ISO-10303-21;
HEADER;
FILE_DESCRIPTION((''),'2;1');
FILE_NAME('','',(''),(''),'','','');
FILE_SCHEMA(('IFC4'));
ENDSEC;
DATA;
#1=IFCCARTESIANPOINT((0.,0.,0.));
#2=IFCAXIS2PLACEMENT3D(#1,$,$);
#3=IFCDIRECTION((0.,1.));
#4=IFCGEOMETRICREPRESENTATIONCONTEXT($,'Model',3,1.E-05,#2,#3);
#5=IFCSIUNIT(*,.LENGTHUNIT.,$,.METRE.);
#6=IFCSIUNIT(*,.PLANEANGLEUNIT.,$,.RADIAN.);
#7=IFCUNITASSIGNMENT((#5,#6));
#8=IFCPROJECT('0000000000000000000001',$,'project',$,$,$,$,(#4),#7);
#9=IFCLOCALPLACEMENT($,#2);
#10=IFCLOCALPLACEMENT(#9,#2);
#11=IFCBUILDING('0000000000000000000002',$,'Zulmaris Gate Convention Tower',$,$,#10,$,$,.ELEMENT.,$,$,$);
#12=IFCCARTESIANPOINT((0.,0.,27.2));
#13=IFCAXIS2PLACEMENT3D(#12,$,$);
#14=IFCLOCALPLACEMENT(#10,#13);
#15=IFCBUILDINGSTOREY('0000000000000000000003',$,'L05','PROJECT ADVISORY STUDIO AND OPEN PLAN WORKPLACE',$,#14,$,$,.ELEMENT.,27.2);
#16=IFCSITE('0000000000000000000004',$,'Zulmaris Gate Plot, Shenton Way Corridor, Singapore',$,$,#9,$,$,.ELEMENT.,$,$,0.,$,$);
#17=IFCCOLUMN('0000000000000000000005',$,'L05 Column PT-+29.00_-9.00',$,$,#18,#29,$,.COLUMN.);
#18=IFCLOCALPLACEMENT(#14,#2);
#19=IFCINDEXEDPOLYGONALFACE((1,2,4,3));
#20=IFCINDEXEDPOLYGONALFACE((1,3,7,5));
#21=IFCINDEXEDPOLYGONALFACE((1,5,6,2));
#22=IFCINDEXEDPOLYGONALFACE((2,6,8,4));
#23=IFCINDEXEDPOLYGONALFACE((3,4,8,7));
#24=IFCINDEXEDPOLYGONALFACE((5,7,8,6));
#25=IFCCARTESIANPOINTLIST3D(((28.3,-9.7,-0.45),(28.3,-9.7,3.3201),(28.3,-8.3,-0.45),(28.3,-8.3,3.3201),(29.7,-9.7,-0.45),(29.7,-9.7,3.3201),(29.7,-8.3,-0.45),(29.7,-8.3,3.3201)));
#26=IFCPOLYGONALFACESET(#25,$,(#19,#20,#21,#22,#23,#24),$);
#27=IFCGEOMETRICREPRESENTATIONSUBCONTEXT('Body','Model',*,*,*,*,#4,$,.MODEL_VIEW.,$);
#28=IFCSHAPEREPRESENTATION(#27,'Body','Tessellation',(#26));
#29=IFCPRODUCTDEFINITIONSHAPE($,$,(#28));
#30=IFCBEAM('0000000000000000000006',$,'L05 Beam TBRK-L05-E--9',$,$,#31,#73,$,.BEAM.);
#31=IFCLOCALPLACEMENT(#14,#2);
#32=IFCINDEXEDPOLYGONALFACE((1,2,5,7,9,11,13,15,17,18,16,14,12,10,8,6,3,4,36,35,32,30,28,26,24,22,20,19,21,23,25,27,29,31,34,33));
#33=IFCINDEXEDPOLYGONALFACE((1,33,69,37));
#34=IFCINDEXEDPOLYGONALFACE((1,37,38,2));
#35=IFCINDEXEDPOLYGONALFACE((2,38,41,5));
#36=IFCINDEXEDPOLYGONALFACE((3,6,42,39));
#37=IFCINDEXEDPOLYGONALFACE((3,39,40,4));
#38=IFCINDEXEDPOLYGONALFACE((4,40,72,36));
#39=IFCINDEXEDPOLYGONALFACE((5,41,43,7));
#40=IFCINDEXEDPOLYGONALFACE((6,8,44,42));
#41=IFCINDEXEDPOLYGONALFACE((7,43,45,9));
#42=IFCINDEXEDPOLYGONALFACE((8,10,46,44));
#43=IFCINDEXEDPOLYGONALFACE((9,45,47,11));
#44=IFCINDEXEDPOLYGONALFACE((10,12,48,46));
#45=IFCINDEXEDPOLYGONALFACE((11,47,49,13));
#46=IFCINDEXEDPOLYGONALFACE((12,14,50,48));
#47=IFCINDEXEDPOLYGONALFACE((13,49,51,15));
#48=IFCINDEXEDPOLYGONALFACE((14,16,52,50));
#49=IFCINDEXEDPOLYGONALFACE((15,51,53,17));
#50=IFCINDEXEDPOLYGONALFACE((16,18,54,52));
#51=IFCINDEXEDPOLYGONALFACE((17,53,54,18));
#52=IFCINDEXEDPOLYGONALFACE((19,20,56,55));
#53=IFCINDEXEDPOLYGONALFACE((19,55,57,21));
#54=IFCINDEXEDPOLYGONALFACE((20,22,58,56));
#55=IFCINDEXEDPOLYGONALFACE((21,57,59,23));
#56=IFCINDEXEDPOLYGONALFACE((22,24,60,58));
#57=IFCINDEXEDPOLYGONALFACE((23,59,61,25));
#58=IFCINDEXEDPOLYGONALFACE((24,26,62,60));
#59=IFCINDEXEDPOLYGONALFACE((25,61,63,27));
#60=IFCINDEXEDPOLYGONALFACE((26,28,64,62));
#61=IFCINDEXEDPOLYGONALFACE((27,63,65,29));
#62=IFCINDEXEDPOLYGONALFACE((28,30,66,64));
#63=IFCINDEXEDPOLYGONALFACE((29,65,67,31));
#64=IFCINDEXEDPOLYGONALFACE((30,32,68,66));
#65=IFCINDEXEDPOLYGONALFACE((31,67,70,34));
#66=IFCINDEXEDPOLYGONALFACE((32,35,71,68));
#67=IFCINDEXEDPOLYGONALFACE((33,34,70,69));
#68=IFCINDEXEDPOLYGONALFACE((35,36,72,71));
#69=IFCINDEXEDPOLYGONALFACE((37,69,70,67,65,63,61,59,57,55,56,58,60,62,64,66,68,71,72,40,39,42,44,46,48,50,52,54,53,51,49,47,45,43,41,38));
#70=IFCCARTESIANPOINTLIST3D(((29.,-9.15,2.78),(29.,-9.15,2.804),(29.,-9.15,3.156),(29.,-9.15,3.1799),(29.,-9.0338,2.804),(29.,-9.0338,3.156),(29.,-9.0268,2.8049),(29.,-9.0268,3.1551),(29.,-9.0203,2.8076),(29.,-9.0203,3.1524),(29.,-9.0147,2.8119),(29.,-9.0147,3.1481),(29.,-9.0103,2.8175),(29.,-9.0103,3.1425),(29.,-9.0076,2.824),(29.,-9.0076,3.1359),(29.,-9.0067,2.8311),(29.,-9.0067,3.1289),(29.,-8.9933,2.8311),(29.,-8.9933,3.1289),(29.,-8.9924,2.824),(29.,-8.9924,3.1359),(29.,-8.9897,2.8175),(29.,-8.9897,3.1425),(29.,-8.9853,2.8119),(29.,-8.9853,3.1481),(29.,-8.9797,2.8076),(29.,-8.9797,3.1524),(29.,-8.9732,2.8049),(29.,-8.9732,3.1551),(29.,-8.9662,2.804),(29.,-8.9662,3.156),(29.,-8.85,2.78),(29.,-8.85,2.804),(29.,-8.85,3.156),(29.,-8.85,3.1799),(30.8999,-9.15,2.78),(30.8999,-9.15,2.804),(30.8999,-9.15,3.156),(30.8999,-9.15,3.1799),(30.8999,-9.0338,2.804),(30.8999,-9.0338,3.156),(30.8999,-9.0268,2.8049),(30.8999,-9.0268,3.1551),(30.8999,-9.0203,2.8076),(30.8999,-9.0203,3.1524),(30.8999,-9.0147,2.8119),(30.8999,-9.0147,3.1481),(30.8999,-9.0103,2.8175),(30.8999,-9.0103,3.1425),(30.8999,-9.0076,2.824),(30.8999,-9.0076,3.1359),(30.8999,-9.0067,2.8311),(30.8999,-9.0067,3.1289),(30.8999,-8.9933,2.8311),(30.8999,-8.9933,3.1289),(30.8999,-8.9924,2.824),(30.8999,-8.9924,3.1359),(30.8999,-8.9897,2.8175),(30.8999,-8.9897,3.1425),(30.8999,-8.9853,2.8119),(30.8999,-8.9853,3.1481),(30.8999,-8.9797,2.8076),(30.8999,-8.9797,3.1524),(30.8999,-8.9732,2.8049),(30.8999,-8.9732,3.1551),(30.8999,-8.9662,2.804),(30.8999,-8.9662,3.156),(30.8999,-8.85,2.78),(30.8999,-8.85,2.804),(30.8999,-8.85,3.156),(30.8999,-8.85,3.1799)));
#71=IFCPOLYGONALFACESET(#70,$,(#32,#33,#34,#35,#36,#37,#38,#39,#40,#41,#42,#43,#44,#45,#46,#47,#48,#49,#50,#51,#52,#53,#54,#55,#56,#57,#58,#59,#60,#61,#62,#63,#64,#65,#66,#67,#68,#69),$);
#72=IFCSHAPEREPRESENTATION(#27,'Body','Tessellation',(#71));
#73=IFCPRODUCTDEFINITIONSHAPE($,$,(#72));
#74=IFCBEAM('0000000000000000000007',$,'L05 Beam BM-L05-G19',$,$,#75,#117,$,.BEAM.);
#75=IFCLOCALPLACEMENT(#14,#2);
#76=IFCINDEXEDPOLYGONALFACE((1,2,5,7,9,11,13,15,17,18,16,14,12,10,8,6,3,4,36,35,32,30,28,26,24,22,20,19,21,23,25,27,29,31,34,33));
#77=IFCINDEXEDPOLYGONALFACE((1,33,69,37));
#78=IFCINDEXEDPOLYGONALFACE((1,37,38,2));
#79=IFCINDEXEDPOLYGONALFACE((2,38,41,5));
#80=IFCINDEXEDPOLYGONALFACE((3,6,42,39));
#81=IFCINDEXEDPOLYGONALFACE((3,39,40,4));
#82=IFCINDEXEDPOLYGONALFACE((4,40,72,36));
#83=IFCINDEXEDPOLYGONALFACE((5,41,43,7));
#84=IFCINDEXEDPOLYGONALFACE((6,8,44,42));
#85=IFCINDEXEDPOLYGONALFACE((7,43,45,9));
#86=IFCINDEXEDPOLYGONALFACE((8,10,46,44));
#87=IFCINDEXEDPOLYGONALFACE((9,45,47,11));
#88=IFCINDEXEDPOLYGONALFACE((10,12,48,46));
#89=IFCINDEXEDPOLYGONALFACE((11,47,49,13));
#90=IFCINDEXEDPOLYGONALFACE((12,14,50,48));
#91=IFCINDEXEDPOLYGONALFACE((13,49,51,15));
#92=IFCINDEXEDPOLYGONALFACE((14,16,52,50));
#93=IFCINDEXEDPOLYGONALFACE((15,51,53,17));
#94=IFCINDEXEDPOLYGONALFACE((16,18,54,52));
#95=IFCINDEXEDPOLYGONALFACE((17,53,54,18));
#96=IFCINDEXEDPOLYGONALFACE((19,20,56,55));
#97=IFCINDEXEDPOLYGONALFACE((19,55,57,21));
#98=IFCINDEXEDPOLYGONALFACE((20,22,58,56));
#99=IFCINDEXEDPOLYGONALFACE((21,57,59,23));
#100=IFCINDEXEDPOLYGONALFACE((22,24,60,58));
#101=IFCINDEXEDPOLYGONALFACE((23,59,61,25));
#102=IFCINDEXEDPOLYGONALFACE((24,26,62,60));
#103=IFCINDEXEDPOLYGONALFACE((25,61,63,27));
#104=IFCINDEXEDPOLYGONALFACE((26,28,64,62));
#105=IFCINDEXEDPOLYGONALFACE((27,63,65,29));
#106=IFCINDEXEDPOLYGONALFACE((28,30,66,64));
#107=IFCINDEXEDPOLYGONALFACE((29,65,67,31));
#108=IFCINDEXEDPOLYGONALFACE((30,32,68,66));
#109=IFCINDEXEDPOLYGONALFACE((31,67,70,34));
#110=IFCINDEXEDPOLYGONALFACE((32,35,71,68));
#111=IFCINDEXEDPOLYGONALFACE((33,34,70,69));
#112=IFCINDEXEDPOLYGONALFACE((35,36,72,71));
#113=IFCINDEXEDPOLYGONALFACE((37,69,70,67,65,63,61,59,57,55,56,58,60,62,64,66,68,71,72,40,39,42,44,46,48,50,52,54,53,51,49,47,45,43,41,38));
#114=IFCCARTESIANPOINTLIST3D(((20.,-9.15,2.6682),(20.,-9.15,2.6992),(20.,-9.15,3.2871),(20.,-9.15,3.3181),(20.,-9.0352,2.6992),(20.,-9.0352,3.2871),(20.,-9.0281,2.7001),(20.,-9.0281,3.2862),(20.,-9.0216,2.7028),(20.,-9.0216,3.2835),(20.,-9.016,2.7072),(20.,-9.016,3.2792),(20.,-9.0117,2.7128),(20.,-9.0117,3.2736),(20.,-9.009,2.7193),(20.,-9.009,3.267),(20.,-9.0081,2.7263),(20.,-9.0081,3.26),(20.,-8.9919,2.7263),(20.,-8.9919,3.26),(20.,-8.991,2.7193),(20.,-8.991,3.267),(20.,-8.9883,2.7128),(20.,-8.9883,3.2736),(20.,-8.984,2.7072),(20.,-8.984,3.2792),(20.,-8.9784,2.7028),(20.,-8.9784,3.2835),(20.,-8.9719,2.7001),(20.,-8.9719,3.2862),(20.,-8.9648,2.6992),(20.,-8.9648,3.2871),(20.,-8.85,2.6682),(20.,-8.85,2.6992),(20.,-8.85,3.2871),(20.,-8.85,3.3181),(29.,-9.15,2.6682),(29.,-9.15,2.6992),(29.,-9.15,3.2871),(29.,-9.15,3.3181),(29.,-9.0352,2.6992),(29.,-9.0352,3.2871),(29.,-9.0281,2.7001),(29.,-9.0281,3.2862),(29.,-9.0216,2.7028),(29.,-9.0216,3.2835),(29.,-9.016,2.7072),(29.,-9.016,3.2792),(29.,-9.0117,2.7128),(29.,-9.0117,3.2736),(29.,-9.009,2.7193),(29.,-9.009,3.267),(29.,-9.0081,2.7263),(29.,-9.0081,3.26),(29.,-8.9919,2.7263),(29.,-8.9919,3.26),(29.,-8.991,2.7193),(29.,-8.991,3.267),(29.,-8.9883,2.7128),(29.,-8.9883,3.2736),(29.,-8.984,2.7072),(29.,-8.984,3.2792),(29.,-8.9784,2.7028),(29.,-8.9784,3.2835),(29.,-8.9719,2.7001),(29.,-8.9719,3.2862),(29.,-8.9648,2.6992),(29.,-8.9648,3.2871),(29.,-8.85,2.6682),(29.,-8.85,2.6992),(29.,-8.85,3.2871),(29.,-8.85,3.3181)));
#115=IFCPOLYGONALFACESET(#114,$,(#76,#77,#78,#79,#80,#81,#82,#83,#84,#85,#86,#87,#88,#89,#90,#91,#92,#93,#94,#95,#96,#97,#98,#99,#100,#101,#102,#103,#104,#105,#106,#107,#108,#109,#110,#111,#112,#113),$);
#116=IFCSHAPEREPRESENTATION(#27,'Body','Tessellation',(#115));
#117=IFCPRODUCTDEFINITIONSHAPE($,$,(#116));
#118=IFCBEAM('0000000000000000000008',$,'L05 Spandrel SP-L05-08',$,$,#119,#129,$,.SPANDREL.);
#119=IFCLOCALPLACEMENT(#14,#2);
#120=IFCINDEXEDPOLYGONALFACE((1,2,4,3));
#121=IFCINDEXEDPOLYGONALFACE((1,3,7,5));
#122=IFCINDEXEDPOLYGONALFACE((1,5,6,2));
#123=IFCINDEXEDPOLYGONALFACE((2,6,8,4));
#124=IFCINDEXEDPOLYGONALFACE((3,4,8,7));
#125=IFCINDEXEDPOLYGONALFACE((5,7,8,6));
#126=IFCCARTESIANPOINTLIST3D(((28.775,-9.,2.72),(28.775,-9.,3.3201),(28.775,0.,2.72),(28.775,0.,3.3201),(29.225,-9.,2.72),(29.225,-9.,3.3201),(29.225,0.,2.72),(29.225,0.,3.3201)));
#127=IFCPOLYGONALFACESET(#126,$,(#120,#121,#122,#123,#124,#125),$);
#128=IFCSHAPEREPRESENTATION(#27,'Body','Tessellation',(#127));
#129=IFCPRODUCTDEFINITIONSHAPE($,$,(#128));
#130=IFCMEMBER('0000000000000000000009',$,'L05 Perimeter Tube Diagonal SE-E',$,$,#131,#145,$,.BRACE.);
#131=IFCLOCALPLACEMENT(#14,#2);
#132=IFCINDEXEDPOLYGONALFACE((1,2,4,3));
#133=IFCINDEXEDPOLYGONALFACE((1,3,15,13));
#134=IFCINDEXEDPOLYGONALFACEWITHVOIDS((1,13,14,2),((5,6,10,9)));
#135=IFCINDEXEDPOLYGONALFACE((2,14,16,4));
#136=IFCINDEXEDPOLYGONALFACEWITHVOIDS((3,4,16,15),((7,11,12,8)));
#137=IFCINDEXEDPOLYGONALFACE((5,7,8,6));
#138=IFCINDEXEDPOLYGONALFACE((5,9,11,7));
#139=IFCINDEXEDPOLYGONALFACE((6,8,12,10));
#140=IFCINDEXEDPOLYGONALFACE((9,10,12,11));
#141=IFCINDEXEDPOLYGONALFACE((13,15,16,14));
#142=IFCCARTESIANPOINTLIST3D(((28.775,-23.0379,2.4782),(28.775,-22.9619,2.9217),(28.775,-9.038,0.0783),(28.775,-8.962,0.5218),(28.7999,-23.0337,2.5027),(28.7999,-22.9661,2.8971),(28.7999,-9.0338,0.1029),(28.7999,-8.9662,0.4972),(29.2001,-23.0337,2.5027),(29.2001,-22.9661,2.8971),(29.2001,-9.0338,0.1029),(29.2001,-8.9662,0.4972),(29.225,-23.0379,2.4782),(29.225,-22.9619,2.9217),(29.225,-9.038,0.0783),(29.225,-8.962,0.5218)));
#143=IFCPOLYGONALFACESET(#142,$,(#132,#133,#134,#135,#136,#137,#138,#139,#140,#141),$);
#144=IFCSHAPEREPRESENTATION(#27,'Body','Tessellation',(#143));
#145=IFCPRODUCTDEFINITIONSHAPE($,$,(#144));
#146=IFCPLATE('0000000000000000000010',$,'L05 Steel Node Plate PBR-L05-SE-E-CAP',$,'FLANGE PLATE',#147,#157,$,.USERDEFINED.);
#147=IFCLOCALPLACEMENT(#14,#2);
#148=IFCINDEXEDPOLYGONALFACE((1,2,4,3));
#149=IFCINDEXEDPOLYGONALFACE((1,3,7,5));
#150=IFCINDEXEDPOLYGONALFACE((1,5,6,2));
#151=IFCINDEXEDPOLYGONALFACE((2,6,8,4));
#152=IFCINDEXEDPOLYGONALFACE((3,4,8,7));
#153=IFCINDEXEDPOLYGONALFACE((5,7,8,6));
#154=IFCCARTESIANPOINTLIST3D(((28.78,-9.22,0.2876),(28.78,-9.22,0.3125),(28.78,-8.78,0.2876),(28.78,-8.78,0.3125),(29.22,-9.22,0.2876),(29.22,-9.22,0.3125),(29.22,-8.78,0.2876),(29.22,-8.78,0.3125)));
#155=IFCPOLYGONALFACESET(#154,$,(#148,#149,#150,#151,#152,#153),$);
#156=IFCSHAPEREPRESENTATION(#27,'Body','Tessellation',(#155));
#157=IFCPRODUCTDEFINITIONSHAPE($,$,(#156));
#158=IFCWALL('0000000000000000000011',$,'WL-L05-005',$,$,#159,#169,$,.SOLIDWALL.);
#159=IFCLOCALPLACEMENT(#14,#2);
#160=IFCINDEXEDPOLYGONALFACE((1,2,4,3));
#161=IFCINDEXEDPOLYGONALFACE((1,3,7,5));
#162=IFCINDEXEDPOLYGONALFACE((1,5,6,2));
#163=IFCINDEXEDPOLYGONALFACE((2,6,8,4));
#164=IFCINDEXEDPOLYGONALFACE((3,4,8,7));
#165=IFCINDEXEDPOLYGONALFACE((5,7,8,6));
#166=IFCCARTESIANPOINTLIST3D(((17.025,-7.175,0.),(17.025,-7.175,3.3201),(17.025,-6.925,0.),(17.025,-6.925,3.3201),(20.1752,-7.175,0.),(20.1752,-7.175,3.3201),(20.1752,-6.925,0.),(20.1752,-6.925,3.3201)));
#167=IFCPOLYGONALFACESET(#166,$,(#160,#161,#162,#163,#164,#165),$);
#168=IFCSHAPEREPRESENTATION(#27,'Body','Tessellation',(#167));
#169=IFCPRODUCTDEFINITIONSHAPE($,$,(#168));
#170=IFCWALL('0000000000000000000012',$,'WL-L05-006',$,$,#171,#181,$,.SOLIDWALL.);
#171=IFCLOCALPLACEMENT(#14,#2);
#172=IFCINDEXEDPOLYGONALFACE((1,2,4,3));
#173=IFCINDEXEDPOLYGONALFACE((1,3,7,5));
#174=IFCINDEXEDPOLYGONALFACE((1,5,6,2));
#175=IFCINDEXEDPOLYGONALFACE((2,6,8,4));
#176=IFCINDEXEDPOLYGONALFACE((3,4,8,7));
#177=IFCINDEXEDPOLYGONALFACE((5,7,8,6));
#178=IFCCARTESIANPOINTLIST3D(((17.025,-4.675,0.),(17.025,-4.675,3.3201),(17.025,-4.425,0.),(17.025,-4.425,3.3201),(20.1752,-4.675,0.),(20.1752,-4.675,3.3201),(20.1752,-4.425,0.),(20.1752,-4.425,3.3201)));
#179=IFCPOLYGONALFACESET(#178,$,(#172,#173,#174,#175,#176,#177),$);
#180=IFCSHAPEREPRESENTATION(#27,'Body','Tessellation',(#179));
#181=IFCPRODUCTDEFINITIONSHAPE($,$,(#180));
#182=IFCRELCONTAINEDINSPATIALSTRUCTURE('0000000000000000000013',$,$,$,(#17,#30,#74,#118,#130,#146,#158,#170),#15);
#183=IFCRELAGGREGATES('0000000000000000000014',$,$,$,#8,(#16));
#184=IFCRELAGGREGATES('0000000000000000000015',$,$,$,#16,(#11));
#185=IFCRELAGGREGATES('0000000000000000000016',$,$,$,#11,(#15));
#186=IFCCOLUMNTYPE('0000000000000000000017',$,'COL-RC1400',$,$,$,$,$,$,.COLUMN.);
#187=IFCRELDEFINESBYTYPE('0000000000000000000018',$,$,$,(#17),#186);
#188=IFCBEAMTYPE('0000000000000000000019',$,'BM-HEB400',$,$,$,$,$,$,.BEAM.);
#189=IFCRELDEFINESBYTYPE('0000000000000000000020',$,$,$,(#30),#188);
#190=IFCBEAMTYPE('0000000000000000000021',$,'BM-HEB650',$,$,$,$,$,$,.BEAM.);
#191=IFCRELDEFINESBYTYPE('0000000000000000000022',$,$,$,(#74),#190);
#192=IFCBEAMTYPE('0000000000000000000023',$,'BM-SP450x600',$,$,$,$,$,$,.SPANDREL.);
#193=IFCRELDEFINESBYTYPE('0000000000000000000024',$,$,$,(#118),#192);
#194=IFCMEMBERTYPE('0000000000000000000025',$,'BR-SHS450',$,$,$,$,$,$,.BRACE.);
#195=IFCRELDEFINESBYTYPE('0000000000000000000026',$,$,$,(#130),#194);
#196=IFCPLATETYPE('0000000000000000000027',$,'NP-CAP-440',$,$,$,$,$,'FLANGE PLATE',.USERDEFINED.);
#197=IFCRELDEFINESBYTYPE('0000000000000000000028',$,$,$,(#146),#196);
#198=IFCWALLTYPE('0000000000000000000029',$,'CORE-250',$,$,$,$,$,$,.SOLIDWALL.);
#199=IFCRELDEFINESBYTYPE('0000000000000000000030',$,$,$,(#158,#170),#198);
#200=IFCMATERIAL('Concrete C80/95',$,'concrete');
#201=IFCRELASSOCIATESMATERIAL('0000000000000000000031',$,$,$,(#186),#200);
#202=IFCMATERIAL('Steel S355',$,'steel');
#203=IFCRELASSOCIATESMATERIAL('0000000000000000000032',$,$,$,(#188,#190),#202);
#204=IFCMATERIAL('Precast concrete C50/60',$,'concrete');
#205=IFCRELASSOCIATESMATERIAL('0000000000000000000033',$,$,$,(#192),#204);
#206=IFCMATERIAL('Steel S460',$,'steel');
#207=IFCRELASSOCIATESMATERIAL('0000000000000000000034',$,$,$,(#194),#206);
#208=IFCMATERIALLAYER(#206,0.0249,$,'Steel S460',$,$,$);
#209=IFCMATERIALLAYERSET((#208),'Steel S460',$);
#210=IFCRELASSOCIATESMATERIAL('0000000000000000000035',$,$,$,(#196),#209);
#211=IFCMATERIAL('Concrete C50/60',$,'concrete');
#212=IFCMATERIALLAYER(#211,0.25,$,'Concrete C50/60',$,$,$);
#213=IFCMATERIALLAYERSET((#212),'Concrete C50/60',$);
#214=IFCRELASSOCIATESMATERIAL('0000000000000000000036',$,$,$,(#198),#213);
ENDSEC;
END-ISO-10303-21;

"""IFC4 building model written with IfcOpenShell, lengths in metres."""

from ifc_helpers import new_model, si_unit, direction, frame, frame_2d, origin, origin_2d, place, context, subcontext, project, spatial, rectangle, hollow_rectangle, i_section, extrude, material, layer, layer_set, material_profile, profile_set, type_object, element, save


model = new_model("IFC4")

# Units and contexts
model_context = context("Model", 3, precision=1e-05, world=origin(), true_north=direction((0.0, 1.0)))
body_context = subcontext(model_context, "Body", "Model", "MODEL_VIEW")
ifc_project = project(units=[si_unit("LENGTHUNIT", "METRE"), si_unit("PLANEANGLEUNIT", "RADIAN")], contexts=[model_context])

# Site, building, storey
site_placement = place(None, origin())
site = spatial("IfcSite", under=ifc_project, at=site_placement, Name="Zulmaris Gate Plot, Shenton Way Corridor, Singapore", CompositionType="ELEMENT", RefElevation=0.0)
building_placement = place(site_placement, origin())
building = spatial("IfcBuilding", under=site, at=building_placement, Name="Zulmaris Gate Convention Tower", CompositionType="ELEMENT")
storey_placement = place(building_placement, frame((0.0, 0.0, 27.2)))
storey = spatial("IfcBuildingStorey", under=building, at=storey_placement, Name="L05", Description="PROJECT ADVISORY STUDIO AND OPEN PLAN WORKPLACE", CompositionType="ELEMENT", Elevation=27.2)

# Column
ifc_material_1 = material(Name="Concrete C80/95", Category="concrete")
ifc_material_profile_1 = material_profile(ifc_material_1, rectangle(XDim=1.3999, YDim=1.3999, at=origin_2d()), Name="RC COL 1400x1400")
ifc_profile_set_1 = profile_set([ifc_material_profile_1], Name="Concrete C80/95")
column_type = type_object("IfcColumnType", Name="COL-RC1400", PredefinedType="COLUMN", material=ifc_profile_set_1)
column_placement = place(storey_placement, frame((29.0, -9.0, -0.45), z_axis=(0.0, 0.0, 1.0), x_axis=(1.0, 0.0, 0.0)))
element("IfcColumn", 1, at=column_placement, inside=storey, type_object=column_type, Name="L05 Column PT-+29.00_-9.00", PredefinedType="COLUMN", context=body_context, shape_type="SweptSolid", body=[
    extrude(rectangle(XDim=1.3999, YDim=1.3999, at=origin_2d()), origin(), (0.0, 0.0, 1.0), 3.77),
])

# Beams
ifc_material_2 = material(Name="Steel S355", Category="steel")
ifc_material_profile_2 = material_profile(ifc_material_2, i_section(OverallWidth=0.3, OverallDepth=0.3999, WebThickness=0.0134, FlangeThickness=0.0239, FilletRadius=0.0271, at=origin_2d()), Name="HEB 400")
ifc_profile_set_2 = profile_set([ifc_material_profile_2], Name="Steel S355")
beam_type_1 = type_object("IfcBeamType", Name="BM-HEB400", PredefinedType="BEAM", material=ifc_profile_set_2)
beam_1_placement = place(storey_placement, frame((29.0, -9.0, 2.98), z_axis=(1.0, 0.0, 0.0), x_axis=(0.0, 1.0, 0.0)))
element("IfcBeam", 2, at=beam_1_placement, inside=storey, type_object=beam_type_1, Name="L05 Beam TBRK-L05-E--9", PredefinedType="BEAM", context=body_context, shape_type="SweptSolid", body=[
    extrude(i_section(OverallWidth=0.3, OverallDepth=0.3999, WebThickness=0.0134, FlangeThickness=0.0239, FilletRadius=0.0271, at=origin_2d()), origin(), (0.0, 0.0, 1.0), 1.8999),
])
ifc_material_profile_3 = material_profile(ifc_material_2, i_section(OverallWidth=0.3, OverallDepth=0.6499, WebThickness=0.0161, FlangeThickness=0.031, FilletRadius=0.0271, at=origin_2d()), Name="HEB 650")
ifc_profile_set_3 = profile_set([ifc_material_profile_3], Name="Steel S355")
beam_type_2 = type_object("IfcBeamType", Name="BM-HEB650", PredefinedType="BEAM", material=ifc_profile_set_3)
beam_2_placement = place(storey_placement, frame((20.0, -9.0, 2.9932), z_axis=(1.0, 0.0, 0.0), x_axis=(0.0, 1.0, 0.0)))
element("IfcBeam", 3, at=beam_2_placement, inside=storey, type_object=beam_type_2, Name="L05 Beam BM-L05-G19", PredefinedType="BEAM", context=body_context, shape_type="SweptSolid", body=[
    extrude(i_section(OverallWidth=0.3, OverallDepth=0.6499, WebThickness=0.0161, FlangeThickness=0.031, FilletRadius=0.0271, at=origin_2d()), origin(), (0.0, 0.0, 1.0), 9.0),
])
ifc_material_3 = material(Name="Precast concrete C50/60", Category="concrete")
ifc_material_profile_4 = material_profile(ifc_material_3, rectangle(XDim=0.45, YDim=0.6001, at=origin_2d()), Name="RC SPANDREL 450x600")
ifc_profile_set_4 = profile_set([ifc_material_profile_4], Name="Precast concrete C50/60")
beam_type_3 = type_object("IfcBeamType", Name="BM-SP450x600", PredefinedType="SPANDREL", material=ifc_profile_set_4)
beam_3_placement = place(storey_placement, frame((29.0, -9.0, 3.02), z_axis=(0.0, 1.0, 0.0), x_axis=(-1.0, 0.0, 0.0)))
element("IfcBeam", 4, at=beam_3_placement, inside=storey, type_object=beam_type_3, Name="L05 Spandrel SP-L05-08", PredefinedType="SPANDREL", context=body_context, shape_type="SweptSolid", body=[
    extrude(rectangle(XDim=0.45, YDim=0.6001, at=origin_2d()), origin(), (0.0, 0.0, 1.0), 9.0),
])

# Member
ifc_material_4 = material(Name="Steel S460", Category="steel")
ifc_material_profile_5 = material_profile(ifc_material_4, hollow_rectangle(XDim=0.45, YDim=0.45, WallThickness=0.0249, at=origin_2d()), Name="SHS 450x450x25")
ifc_profile_set_5 = profile_set([ifc_material_profile_5], Name="Steel S460")
member_type = type_object("IfcMemberType", Name="BR-SHS450", PredefinedType="BRACE", material=ifc_profile_set_5)
member_placement = place(storey_placement, frame((29.0, -9.0, 0.3), z_axis=(0.0, -0.985623, 0.168957), x_axis=(1.0, 0.0, 0.0)))
element("IfcMember", 5, at=member_placement, inside=storey, type_object=member_type, Name="L05 Perimeter Tube Diagonal SE-E", PredefinedType="BRACE", context=body_context, shape_type="SweptSolid", body=[
    extrude(hollow_rectangle(XDim=0.45, YDim=0.45, WallThickness=0.0249, at=origin_2d()), origin(), (0.0, 0.0, 1.0), 14.2041),
])

# Plate
ifc_layer_1 = layer(ifc_material_4, 0.0249, Name="Steel S460")
ifc_layer_set_1 = layer_set([ifc_layer_1], Name="Steel S460")
plate_type = type_object("IfcPlateType", Name="NP-CAP-440", ElementType="FLANGE PLATE", PredefinedType="USERDEFINED", material=ifc_layer_set_1)
plate_placement = place(storey_placement, frame((29.0, -9.0, 0.2876), z_axis=(0.0, 0.0, 1.0), x_axis=(1.0, 0.0, 0.0)))
element("IfcPlate", 6, at=plate_placement, inside=storey, type_object=plate_type, Name="L05 Steel Node Plate PBR-L05-SE-E-CAP", ObjectType="FLANGE PLATE", PredefinedType="USERDEFINED", context=body_context, shape_type="SweptSolid", body=[
    extrude(rectangle(XDim=0.4399, YDim=0.4399, at=origin_2d()), origin(), (0.0, 0.0, 1.0), 0.0249),
])

# Walls
ifc_material_5 = material(Name="Concrete C50/60", Category="concrete")
ifc_layer_2 = layer(ifc_material_5, 0.25, Name="Concrete C50/60")
ifc_layer_set_2 = layer_set([ifc_layer_2], Name="Concrete C50/60")
wall_type_1 = type_object("IfcWallType", Name="CORE-250", PredefinedType="SOLIDWALL", material=ifc_layer_set_2)
for number, where, z_axis, x_axis, name in (
    (7, (17.0249, -7.05, 0.0), (0.0, 0.0, 1.0), (1.0, 0.0, 0.0), "WL-L05-005"),
    (8, (17.0249, -4.55, 0.0), (0.0, 0.0, 1.0), (1.0, 0.0, 0.0), "WL-L05-006"),
):
    element("IfcWall", number, at=place(storey_placement, frame(where, z_axis=z_axis, x_axis=x_axis)), inside=storey, type_object=wall_type_1, Name=name, PredefinedType="SOLIDWALL", context=body_context, shape_type="SweptSolid", body=[
        extrude(rectangle(XDim=3.1501, YDim=0.25, at=frame_2d((1.5752, 0.0))), origin(), (0.0, 0.0, 1.0), 3.3201),
    ])

save(model, "model.ifc")
